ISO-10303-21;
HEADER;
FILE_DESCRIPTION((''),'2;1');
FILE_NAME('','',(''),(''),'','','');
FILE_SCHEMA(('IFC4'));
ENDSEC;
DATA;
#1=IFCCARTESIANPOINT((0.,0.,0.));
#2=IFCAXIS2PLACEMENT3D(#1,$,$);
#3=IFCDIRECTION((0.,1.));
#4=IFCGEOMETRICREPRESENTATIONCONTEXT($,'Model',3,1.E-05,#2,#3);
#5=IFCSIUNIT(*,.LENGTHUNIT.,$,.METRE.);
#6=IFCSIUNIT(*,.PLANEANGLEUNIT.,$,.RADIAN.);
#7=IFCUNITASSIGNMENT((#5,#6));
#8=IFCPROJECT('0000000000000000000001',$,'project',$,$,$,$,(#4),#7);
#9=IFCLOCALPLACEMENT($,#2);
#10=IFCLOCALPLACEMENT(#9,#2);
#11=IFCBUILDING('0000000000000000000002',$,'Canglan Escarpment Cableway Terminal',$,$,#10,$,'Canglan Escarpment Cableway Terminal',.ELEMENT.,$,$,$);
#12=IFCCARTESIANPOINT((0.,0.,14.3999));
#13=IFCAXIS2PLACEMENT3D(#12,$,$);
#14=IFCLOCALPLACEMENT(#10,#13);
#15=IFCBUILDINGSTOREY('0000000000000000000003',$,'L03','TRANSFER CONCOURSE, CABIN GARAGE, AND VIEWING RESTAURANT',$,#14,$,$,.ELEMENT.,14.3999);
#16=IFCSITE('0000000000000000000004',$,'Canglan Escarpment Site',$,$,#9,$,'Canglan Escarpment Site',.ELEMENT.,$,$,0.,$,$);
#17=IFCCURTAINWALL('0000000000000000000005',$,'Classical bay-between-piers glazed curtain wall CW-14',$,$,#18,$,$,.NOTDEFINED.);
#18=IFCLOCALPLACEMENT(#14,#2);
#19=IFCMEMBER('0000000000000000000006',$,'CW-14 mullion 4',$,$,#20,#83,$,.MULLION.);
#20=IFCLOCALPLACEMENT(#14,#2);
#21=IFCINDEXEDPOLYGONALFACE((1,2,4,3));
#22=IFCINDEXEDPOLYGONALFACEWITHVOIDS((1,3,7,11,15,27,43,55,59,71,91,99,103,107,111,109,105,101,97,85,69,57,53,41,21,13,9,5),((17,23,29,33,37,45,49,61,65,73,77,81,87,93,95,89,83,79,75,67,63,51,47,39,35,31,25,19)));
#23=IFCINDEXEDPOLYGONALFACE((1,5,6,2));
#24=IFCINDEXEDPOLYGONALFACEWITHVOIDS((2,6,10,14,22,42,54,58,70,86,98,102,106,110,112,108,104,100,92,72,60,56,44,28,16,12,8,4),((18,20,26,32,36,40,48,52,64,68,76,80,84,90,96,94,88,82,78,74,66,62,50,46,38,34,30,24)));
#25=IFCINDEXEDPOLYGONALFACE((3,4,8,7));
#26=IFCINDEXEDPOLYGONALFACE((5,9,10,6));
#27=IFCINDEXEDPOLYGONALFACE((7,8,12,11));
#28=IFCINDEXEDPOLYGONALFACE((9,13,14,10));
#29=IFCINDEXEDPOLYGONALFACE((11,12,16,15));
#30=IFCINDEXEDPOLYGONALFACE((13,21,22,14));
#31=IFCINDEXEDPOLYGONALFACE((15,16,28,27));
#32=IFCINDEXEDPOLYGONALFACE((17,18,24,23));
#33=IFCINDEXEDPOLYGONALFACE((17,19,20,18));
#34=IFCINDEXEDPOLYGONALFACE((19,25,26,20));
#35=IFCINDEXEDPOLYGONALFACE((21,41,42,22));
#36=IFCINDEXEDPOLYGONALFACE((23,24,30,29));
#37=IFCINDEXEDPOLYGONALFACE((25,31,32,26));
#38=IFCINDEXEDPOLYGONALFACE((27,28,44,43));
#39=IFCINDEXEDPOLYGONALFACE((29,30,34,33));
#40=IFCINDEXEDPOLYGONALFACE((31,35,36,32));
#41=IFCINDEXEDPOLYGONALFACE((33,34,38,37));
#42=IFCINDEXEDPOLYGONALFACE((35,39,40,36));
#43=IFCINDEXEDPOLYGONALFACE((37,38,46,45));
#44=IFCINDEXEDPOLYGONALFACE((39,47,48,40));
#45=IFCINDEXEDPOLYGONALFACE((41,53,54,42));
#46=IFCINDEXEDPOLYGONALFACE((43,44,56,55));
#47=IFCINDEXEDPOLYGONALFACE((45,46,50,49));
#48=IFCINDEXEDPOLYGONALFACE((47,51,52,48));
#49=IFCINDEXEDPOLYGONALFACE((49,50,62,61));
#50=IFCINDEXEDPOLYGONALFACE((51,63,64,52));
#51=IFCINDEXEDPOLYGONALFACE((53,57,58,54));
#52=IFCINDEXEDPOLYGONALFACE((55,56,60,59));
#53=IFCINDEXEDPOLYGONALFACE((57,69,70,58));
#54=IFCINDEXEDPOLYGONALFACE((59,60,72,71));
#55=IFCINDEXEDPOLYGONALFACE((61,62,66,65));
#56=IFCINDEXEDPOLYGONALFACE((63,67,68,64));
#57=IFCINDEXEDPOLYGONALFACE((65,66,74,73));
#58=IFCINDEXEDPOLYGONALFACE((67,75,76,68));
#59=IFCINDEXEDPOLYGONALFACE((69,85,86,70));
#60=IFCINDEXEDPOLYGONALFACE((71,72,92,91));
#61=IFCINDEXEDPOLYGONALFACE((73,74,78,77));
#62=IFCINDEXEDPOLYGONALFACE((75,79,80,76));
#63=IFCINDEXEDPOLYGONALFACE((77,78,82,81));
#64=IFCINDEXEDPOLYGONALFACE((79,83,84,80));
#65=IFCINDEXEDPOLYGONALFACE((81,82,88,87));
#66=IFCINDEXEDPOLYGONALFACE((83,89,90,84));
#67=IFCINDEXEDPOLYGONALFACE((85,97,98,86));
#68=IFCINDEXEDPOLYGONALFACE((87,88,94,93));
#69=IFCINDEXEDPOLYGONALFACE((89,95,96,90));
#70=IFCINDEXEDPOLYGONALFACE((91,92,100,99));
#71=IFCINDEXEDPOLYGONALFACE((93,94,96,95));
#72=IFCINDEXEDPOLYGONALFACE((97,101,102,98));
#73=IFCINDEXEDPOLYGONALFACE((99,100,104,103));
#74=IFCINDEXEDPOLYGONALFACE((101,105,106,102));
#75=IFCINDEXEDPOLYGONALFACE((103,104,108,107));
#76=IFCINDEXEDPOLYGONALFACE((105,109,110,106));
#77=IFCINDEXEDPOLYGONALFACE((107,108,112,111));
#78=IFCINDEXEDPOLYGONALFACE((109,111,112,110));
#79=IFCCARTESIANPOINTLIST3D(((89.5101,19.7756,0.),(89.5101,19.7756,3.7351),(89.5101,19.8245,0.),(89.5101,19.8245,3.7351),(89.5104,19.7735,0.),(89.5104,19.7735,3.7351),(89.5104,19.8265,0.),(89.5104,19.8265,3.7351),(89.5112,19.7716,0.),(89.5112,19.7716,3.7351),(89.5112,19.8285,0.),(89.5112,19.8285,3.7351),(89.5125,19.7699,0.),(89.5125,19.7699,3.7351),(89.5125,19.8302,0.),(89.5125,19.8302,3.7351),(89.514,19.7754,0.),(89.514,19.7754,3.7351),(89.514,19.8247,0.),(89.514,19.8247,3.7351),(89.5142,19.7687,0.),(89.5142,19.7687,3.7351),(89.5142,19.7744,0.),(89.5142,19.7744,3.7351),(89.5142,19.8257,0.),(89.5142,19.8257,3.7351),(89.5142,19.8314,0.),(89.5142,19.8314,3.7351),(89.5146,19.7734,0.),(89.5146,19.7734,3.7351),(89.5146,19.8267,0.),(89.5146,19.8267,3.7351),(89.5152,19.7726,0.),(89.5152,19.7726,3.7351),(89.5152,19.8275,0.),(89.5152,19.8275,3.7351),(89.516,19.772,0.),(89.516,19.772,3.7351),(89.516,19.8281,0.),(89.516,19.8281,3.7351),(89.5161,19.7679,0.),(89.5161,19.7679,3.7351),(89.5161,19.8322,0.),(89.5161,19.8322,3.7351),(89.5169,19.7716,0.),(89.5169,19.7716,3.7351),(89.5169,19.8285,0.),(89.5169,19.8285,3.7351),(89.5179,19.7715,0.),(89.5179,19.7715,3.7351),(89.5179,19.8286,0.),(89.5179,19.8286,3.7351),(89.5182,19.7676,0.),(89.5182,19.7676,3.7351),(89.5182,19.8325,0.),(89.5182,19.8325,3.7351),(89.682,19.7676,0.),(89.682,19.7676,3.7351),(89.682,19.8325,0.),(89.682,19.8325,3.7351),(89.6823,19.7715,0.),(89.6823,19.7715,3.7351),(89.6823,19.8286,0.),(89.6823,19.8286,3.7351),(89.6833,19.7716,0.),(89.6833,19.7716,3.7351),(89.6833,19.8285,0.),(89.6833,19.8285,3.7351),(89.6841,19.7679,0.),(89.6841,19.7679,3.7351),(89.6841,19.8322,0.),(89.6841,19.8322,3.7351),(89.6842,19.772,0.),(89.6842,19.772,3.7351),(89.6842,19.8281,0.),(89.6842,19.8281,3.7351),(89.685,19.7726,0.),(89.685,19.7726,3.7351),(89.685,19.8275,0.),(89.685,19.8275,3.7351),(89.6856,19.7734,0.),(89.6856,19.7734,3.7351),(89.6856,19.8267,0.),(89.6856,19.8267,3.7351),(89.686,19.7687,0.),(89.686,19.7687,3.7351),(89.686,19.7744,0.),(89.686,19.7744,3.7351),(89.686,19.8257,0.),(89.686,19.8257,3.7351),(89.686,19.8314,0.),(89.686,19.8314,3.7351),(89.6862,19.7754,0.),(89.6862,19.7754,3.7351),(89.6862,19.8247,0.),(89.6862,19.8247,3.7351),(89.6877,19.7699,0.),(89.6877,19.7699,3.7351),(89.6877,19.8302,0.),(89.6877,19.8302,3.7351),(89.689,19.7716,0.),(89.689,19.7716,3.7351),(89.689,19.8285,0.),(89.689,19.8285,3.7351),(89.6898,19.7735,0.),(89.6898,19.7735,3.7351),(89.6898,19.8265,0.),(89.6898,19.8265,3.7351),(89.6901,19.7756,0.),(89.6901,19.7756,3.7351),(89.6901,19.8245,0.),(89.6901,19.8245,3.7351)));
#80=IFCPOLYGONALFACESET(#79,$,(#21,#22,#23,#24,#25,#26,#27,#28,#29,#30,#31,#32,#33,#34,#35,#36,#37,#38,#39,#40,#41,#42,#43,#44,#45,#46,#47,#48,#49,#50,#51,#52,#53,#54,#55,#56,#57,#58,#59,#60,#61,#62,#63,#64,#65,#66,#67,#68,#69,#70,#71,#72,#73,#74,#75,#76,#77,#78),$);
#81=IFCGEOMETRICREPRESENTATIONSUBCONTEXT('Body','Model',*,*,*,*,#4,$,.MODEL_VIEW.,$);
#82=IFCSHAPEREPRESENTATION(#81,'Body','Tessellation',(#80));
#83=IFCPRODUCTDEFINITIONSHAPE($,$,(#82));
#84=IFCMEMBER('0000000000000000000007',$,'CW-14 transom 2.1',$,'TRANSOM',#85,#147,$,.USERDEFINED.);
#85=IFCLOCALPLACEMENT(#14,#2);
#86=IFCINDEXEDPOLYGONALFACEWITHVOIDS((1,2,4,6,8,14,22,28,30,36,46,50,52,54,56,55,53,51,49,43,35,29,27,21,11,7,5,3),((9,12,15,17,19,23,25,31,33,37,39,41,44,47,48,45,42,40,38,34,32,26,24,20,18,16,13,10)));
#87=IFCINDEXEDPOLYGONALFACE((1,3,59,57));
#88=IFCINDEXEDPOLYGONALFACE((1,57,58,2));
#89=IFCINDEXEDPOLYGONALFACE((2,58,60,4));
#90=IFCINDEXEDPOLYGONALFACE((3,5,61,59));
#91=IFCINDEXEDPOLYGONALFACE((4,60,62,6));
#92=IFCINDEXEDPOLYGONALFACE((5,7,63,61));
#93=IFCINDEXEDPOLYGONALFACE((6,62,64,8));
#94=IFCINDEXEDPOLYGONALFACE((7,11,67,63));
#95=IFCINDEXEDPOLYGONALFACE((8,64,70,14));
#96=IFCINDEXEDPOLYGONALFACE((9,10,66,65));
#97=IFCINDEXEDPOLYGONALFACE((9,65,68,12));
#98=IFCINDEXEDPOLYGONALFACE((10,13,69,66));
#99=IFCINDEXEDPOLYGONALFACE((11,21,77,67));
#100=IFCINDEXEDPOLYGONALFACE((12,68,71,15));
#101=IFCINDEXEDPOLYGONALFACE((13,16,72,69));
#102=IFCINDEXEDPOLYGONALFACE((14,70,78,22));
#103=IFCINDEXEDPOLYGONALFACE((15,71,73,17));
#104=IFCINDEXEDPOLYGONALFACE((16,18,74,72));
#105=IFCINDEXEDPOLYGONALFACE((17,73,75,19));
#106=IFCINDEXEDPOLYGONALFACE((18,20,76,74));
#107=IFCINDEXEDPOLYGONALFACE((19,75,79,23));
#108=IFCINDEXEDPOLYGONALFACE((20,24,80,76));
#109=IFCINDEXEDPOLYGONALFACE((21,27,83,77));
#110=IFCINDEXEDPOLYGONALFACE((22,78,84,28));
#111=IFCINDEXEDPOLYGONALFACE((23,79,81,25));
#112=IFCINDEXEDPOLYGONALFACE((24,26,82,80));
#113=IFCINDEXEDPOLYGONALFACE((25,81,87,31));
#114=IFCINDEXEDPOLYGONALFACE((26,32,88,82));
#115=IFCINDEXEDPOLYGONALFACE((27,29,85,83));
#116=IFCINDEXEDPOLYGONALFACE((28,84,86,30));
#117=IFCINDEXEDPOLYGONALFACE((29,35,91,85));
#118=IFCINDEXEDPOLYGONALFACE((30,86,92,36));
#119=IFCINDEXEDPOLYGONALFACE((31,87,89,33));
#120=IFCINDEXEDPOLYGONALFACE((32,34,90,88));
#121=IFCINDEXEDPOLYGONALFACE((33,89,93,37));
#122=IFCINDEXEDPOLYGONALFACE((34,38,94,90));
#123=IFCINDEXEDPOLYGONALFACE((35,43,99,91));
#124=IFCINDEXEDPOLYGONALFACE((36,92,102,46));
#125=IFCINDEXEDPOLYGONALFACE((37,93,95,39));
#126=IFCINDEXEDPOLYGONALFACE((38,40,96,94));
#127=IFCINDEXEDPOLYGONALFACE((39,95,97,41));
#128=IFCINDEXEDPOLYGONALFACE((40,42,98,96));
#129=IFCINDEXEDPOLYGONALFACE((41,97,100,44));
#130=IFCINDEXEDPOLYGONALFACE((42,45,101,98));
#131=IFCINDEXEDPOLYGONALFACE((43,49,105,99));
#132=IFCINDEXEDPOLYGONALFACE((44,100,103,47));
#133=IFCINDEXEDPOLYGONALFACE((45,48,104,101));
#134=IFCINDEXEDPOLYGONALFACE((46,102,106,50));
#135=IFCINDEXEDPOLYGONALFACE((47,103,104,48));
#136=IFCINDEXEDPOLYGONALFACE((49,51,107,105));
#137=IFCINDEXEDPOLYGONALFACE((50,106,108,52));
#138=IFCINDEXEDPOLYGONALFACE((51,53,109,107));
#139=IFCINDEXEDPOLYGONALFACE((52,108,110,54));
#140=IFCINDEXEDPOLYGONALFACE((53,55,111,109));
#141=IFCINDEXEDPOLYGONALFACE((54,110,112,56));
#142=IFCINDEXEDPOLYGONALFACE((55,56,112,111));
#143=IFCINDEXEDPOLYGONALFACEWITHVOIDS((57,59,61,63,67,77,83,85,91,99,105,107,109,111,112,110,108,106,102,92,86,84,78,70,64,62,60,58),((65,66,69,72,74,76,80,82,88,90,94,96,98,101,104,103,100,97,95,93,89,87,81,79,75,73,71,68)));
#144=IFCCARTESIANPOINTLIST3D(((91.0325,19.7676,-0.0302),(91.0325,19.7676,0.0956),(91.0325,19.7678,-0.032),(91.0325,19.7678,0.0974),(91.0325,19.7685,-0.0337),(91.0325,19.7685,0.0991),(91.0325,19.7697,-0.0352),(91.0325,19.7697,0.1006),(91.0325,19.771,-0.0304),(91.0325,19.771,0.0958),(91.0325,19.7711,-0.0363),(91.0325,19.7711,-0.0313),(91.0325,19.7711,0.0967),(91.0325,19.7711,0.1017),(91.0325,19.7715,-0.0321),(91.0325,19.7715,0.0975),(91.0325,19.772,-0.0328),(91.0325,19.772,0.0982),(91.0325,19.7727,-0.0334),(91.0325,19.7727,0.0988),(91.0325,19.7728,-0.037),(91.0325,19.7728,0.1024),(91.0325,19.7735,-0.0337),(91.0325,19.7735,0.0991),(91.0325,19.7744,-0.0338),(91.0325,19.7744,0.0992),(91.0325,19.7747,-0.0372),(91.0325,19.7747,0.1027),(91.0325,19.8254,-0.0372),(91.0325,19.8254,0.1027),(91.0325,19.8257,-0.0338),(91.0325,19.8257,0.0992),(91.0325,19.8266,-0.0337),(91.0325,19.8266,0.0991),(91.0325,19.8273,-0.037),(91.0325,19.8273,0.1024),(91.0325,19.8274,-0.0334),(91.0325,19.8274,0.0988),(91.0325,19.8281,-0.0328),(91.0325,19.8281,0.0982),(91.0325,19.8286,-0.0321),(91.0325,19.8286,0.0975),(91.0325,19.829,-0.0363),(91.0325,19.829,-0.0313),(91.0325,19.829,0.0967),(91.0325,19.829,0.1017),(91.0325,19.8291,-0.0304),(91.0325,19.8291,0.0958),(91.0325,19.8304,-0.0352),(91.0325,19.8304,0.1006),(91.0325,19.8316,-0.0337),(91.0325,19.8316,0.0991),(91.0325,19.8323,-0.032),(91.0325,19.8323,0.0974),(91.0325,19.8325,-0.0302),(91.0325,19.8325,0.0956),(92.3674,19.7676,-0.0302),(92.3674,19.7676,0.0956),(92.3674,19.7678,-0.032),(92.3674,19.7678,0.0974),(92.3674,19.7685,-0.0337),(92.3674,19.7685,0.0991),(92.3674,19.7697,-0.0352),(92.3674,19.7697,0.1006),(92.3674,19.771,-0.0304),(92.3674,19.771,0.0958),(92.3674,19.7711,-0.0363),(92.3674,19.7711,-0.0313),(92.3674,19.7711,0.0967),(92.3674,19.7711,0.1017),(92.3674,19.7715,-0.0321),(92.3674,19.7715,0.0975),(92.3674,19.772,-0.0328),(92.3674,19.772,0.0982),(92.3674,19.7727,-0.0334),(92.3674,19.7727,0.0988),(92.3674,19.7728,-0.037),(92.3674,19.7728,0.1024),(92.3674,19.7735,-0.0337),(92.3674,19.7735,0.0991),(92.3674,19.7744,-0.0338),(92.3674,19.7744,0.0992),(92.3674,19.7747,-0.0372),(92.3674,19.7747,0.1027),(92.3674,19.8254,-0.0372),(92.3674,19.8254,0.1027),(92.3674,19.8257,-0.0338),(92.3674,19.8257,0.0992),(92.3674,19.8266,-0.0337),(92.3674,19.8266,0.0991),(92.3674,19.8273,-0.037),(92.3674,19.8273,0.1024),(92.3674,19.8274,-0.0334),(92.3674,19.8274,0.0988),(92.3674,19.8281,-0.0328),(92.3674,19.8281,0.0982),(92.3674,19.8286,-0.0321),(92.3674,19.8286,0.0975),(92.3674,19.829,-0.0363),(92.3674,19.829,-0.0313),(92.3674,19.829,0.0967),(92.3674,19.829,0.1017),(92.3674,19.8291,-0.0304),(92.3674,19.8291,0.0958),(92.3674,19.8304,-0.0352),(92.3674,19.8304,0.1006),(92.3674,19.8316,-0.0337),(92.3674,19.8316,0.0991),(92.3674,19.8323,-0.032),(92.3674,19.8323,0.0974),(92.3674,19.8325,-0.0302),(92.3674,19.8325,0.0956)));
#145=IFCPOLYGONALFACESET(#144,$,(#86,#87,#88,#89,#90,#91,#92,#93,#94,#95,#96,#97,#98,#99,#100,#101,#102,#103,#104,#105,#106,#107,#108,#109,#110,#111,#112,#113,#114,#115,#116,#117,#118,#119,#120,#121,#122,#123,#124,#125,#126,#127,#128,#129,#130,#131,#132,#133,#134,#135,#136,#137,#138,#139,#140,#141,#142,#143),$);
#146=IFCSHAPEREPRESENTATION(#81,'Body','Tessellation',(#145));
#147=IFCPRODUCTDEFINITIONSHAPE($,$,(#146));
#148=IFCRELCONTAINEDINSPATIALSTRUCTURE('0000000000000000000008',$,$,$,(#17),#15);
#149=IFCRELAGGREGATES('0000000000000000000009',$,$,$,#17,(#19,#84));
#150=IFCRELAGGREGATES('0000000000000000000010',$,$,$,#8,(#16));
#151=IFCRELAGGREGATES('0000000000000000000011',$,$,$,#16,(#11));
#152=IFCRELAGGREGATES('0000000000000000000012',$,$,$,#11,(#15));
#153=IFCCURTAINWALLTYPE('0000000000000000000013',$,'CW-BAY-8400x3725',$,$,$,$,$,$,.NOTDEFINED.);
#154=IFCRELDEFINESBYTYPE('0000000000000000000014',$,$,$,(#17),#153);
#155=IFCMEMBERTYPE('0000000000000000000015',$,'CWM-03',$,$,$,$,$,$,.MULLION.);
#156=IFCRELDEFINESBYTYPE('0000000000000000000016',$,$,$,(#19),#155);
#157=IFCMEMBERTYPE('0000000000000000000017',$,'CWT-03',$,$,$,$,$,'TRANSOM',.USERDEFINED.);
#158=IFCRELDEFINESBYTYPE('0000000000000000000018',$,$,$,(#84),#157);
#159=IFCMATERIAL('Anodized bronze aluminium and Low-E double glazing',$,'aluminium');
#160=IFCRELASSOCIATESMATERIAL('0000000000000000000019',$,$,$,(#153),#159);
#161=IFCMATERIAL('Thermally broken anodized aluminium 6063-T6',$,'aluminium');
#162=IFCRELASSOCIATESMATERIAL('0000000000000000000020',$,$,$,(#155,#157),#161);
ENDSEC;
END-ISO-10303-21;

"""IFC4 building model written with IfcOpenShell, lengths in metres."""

from ifc_helpers import new_model, si_unit, direction, frame, origin, origin_2d, place, context, subcontext, project, spatial, hollow_rectangle, extrude, material, material_profile, profile_set, type_object, element, aggregate, save


model = new_model("IFC4")

# Units and contexts
model_context = context("Model", 3, precision=1e-05, world=origin(), true_north=direction((0.0, 1.0)))
body_context = subcontext(model_context, "Body", "Model", "MODEL_VIEW")
ifc_project = project(units=[si_unit("LENGTHUNIT", "METRE"), si_unit("PLANEANGLEUNIT", "RADIAN")], contexts=[model_context])

# Site, building, storey
site_placement = place(None, origin())
site = spatial("IfcSite", under=ifc_project, at=site_placement, Name="Canglan Escarpment Site", LongName="Canglan Escarpment Site", CompositionType="ELEMENT", RefElevation=0.0)
building_placement = place(site_placement, origin())
building = spatial("IfcBuilding", under=site, at=building_placement, Name="Canglan Escarpment Cableway Terminal", LongName="Canglan Escarpment Cableway Terminal", CompositionType="ELEMENT")
storey_placement = place(building_placement, frame((0.0, 0.0, 14.3999)))
storey = spatial("IfcBuildingStorey", under=building, at=storey_placement, Name="L03", Description="TRANSFER CONCOURSE, CABIN GARAGE, AND VIEWING RESTAURANT", CompositionType="ELEMENT", Elevation=14.3999)

# Curtain wall, members
ifc_material_1 = material(Name="Anodized bronze aluminium and Low-E double glazing", Category="aluminium")
curtain_wall_type_1 = type_object("IfcCurtainWallType", Name="CW-BAY-8400x3725", PredefinedType="NOTDEFINED", material=ifc_material_1)
curtain_wall_1_placement = place(storey_placement, origin())
curtain_wall_1 = element("IfcCurtainWall", 1, at=curtain_wall_1_placement, inside=storey, type_object=curtain_wall_type_1, Name="Classical bay-between-piers glazed curtain wall CW-14", PredefinedType="NOTDEFINED")
ifc_material_2 = material(Name="Thermally broken anodized aluminium 6063-T6", Category="aluminium")
ifc_material_profile_1 = material_profile(ifc_material_2, hollow_rectangle(XDim=0.0649, YDim=0.1799, WallThickness=0.0039, InnerFilletRadius=0.0039, OuterFilletRadius=0.0081, at=origin_2d()), Name="ALU-MULL 65x180x4")
ifc_profile_set_1 = profile_set([ifc_material_profile_1], Name="Thermally broken anodized aluminium 6063-T6")
member_type_1 = type_object("IfcMemberType", Name="CWM-03", PredefinedType="MULLION", material=ifc_profile_set_1)
member_1_placement = place(storey_placement, frame((89.6001, 19.8, 0.0), z_axis=(0.0, 0.0, 1.0), x_axis=(0.0, -1.0, 0.0)))
member_1 = element("IfcMember", 2, at=member_1_placement, type_object=member_type_1, Name="CW-14 mullion 4", PredefinedType="MULLION", context=body_context, shape_type="SweptSolid", body=[
    extrude(hollow_rectangle(XDim=0.0649, YDim=0.1799, WallThickness=0.0039, InnerFilletRadius=0.0039, OuterFilletRadius=0.0081, at=origin_2d()), origin(), (0.0, 0.0, 1.0), 3.7351),
])
ifc_material_profile_2 = material_profile(ifc_material_2, hollow_rectangle(XDim=0.0649, YDim=0.1399, WallThickness=0.0034, InnerFilletRadius=0.0034, OuterFilletRadius=0.0071, at=origin_2d()), Name="ALU-TRAN 65x140x3.5")
ifc_profile_set_2 = profile_set([ifc_material_profile_2], Name="Thermally broken anodized aluminium 6063-T6")
member_type_2 = type_object("IfcMemberType", Name="CWT-03", ElementType="TRANSOM", PredefinedType="USERDEFINED", material=ifc_profile_set_2)
member_2_placement = place(storey_placement, frame((92.3674, 19.8, 0.0327), z_axis=(-1.0, 0.0, 0.0), x_axis=(0.0, -1.0, 0.0)))
member_2 = element("IfcMember", 3, at=member_2_placement, type_object=member_type_2, Name="CW-14 transom 2.1", ObjectType="TRANSOM", PredefinedType="USERDEFINED", context=body_context, shape_type="SweptSolid", body=[
    extrude(hollow_rectangle(XDim=0.0649, YDim=0.1399, WallThickness=0.0034, InnerFilletRadius=0.0034, OuterFilletRadius=0.0071, at=origin_2d()), origin(), (0.0, 0.0, 1.0), 1.335),
])

aggregate(curtain_wall_1, [member_1, member_2])

save(model, "model.ifc")
